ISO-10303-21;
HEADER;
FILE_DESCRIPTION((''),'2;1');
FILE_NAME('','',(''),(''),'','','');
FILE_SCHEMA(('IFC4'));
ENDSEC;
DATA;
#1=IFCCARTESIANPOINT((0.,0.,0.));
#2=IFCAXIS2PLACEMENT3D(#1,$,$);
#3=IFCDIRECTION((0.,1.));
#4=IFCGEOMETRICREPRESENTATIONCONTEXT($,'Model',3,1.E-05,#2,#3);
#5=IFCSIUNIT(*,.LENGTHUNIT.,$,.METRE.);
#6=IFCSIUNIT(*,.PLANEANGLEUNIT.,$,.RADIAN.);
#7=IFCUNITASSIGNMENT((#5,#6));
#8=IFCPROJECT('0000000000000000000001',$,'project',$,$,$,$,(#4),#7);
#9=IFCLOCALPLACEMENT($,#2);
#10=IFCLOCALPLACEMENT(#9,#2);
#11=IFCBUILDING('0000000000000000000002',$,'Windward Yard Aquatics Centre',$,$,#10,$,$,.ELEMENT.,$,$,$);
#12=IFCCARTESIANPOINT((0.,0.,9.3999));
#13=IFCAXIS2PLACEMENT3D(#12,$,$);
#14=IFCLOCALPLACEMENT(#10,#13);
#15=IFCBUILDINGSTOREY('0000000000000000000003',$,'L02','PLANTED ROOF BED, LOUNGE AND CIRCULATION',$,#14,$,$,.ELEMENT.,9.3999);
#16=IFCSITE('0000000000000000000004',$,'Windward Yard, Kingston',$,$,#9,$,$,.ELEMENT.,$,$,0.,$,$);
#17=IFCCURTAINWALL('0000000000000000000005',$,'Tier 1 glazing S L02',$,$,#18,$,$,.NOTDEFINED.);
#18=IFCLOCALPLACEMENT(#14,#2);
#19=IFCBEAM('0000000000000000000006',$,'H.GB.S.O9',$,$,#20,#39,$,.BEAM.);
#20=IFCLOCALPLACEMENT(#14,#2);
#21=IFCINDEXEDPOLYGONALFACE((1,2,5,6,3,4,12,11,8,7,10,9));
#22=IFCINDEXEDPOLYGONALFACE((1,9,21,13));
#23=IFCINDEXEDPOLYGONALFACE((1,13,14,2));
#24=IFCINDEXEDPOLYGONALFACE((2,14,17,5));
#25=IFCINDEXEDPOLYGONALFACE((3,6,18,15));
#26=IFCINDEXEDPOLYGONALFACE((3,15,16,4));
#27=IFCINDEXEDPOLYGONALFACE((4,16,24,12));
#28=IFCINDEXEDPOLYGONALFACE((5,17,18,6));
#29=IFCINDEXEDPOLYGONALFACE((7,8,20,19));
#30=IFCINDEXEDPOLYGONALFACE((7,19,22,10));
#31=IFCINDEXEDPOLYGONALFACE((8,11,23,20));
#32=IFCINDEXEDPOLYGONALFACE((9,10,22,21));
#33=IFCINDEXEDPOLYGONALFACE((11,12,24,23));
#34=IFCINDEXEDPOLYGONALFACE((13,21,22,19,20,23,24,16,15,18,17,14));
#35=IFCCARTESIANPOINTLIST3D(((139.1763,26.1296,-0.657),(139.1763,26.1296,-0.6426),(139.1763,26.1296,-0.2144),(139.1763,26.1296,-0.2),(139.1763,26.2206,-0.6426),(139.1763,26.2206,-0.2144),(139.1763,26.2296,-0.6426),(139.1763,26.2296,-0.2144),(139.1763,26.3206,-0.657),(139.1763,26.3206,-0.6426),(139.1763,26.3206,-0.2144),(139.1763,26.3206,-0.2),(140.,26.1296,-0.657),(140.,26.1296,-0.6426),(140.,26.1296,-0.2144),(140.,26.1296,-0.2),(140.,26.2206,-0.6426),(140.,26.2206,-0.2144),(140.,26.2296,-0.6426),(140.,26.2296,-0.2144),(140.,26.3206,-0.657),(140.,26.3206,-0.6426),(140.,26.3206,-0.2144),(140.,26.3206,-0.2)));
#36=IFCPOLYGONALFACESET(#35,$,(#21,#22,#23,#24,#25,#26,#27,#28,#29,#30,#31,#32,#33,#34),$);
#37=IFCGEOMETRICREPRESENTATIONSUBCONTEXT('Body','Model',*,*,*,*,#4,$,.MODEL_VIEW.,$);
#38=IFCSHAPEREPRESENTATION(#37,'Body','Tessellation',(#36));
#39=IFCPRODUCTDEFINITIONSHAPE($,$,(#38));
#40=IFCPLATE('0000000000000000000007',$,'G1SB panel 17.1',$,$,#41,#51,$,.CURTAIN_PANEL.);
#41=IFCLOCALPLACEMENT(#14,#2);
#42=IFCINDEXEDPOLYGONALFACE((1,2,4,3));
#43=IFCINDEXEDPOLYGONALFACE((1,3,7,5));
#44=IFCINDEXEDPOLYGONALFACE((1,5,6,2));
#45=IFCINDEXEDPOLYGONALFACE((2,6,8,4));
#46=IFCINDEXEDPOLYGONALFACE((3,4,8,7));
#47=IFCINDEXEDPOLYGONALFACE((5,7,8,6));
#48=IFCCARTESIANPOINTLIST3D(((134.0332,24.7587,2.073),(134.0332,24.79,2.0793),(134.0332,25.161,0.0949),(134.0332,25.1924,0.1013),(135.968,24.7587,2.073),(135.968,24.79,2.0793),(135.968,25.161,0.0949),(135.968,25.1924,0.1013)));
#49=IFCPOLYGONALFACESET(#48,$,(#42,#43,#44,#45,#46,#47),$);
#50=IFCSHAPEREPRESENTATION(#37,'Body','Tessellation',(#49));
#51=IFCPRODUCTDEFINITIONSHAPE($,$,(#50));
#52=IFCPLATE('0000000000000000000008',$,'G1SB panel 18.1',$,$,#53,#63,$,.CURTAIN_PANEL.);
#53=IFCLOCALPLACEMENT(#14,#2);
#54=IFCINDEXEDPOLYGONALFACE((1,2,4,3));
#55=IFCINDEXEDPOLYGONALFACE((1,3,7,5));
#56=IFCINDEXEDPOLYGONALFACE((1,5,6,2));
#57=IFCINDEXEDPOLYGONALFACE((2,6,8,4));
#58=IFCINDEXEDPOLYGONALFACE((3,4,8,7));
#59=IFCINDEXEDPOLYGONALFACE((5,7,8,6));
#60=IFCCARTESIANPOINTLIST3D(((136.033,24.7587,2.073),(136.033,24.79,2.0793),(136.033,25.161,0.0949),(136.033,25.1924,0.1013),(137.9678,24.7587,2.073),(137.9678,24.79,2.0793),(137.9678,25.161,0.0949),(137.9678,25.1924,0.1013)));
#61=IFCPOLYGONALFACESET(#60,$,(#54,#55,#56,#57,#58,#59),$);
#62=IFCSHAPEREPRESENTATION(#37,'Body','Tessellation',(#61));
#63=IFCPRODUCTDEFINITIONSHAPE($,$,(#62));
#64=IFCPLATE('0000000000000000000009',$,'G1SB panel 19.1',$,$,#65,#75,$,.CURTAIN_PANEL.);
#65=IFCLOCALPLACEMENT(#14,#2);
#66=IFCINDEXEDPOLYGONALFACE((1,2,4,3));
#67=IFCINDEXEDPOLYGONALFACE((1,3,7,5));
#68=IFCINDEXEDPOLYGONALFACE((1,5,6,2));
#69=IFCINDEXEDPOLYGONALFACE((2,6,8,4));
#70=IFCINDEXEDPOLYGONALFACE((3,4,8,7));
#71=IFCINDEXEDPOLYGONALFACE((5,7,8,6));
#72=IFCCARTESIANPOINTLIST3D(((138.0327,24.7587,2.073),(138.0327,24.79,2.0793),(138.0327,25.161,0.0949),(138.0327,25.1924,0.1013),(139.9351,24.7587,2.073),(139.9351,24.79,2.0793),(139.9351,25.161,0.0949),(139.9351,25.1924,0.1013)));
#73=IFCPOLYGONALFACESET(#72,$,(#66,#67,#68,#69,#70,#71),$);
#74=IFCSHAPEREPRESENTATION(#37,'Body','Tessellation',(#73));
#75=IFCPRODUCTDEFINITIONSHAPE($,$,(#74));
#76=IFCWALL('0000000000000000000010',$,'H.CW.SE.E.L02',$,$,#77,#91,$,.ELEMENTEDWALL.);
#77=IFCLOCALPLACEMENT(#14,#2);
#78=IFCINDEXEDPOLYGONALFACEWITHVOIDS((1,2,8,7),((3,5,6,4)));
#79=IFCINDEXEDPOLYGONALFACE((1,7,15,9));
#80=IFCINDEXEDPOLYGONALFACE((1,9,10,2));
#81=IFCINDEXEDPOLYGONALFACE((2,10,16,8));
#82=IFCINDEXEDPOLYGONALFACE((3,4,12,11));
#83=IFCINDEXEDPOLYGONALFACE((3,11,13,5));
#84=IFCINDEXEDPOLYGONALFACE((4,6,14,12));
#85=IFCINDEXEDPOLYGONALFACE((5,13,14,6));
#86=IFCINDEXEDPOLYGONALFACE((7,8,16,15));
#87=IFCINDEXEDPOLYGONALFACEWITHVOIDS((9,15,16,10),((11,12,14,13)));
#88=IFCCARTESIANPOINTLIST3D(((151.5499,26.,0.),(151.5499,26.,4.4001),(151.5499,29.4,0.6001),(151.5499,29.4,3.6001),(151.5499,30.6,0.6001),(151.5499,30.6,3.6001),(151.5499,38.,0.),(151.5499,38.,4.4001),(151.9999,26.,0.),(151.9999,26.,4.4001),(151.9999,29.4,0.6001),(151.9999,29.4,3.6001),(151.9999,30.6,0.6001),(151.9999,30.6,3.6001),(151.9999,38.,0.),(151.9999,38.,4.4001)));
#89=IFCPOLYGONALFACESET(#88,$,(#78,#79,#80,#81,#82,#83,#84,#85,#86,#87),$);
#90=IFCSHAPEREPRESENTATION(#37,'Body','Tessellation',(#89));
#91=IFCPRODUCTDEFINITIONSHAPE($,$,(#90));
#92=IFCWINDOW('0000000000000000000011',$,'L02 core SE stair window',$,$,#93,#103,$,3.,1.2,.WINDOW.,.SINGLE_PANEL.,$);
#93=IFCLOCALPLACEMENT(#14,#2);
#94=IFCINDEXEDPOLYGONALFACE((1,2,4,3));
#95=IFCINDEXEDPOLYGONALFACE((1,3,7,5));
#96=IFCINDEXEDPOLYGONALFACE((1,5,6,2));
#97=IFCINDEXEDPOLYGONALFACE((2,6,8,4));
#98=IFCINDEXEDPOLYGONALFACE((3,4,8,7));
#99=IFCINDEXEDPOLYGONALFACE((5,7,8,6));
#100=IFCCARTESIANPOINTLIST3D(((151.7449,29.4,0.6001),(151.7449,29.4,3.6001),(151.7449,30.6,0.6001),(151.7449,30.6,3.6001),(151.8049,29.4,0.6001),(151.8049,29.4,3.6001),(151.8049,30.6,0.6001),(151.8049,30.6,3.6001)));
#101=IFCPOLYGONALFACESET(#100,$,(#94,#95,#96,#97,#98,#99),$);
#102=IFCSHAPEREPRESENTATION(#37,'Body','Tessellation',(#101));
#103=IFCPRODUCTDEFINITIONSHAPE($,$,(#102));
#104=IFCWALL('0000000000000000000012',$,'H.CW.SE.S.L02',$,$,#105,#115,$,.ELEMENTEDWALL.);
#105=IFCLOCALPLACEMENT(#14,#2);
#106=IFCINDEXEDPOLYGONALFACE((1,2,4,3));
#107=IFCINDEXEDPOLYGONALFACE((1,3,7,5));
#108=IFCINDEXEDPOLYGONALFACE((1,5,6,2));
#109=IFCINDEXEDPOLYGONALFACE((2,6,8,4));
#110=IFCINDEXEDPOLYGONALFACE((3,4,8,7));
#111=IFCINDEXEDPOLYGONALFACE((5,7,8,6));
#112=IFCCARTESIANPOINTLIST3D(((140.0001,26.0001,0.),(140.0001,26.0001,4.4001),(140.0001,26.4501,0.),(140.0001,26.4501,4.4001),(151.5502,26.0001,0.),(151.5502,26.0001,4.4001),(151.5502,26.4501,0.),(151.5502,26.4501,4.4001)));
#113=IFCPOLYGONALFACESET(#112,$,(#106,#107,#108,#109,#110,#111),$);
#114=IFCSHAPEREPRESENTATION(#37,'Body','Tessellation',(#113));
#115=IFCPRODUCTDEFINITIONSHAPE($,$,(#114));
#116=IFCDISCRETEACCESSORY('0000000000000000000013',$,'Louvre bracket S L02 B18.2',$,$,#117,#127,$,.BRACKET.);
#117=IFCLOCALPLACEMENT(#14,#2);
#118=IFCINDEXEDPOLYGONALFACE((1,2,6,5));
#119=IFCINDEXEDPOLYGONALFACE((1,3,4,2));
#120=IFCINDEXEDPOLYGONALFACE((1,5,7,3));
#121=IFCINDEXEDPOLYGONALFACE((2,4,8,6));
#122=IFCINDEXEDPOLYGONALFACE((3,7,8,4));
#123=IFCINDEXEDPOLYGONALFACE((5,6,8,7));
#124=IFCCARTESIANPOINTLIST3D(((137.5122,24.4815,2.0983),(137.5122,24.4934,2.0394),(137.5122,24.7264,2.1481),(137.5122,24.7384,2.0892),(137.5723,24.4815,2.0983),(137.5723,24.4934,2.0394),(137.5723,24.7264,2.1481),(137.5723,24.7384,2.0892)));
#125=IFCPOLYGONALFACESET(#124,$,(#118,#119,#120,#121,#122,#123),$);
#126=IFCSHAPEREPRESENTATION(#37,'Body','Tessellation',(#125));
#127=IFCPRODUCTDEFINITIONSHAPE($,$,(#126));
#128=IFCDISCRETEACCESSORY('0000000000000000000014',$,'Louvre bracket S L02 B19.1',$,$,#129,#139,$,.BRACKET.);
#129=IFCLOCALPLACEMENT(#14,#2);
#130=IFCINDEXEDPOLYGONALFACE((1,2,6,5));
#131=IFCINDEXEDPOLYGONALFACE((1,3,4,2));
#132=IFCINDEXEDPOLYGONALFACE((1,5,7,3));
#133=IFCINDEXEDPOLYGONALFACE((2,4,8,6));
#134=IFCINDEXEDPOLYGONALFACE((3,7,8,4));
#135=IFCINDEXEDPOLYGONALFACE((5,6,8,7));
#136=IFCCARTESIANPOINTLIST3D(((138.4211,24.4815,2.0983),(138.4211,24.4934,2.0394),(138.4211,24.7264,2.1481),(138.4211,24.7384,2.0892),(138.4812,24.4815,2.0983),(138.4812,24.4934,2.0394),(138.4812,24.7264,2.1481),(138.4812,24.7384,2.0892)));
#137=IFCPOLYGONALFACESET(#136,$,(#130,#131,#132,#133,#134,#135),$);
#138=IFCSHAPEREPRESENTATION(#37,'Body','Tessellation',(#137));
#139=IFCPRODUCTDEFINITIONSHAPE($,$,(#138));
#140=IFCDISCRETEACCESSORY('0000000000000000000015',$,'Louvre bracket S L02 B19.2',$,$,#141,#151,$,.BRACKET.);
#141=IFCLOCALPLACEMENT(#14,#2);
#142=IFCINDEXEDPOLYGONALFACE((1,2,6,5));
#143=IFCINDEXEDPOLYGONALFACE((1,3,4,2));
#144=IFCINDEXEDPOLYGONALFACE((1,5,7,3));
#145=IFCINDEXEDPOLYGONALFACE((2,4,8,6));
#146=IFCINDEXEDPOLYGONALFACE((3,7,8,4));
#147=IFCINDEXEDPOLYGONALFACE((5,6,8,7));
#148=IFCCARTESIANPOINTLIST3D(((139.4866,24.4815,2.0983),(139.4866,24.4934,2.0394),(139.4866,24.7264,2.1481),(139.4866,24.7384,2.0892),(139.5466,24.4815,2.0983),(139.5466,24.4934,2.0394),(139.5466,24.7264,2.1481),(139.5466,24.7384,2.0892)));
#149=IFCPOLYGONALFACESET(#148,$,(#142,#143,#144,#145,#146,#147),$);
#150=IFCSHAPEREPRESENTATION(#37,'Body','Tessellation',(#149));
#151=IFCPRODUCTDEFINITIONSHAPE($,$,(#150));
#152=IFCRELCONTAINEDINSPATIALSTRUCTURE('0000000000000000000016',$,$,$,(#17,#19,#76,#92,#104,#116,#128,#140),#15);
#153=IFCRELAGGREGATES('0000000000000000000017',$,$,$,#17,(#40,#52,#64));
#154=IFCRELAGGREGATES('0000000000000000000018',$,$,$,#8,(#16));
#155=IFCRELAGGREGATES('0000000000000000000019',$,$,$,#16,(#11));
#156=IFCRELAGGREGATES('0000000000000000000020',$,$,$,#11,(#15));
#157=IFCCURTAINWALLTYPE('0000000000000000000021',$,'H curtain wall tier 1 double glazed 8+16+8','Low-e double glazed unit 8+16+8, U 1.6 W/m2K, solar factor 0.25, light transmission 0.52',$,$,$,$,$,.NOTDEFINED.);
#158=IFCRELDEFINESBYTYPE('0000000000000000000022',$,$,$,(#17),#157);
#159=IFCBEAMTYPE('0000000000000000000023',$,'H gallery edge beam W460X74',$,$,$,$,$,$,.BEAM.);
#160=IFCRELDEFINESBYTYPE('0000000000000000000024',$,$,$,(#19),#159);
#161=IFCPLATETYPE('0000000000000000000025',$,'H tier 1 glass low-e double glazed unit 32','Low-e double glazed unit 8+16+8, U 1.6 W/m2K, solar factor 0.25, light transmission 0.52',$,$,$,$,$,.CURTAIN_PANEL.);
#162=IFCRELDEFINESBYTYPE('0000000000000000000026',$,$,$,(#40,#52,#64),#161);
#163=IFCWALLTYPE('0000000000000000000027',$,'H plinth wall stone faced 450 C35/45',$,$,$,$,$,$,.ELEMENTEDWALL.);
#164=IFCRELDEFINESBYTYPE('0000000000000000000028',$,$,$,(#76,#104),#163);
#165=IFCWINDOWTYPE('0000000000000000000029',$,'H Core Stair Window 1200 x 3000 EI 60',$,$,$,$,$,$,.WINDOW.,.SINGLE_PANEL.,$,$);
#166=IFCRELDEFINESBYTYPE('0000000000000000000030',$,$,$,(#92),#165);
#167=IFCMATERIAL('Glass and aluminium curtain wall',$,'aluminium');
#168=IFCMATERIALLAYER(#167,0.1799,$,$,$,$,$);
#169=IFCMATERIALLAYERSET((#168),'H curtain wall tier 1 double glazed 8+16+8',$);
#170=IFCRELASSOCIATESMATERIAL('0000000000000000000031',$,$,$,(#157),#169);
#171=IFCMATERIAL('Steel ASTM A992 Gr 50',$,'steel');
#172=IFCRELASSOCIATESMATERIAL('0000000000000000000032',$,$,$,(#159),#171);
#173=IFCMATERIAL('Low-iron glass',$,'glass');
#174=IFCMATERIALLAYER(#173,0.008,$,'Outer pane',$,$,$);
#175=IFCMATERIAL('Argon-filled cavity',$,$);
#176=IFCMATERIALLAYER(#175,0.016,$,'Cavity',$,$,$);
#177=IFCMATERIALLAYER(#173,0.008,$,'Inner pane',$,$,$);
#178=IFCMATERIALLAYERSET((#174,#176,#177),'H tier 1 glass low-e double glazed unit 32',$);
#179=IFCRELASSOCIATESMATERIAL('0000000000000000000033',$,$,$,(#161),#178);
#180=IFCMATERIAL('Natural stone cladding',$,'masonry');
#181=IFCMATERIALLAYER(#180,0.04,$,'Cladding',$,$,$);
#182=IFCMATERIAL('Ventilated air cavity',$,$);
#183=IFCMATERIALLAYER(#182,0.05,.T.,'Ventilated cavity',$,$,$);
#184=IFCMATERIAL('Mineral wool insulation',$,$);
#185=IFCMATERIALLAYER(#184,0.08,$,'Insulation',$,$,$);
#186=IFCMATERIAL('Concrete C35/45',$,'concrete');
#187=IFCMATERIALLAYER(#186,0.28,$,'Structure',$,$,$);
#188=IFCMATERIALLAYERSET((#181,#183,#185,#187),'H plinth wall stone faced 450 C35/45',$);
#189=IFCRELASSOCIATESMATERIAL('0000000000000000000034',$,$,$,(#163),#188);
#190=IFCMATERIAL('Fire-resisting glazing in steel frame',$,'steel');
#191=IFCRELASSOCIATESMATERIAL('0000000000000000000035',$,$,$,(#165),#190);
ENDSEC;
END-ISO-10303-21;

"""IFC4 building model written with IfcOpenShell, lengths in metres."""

from ifc_helpers import new_model, si_unit, direction, frame, frame_2d, origin, origin_2d, place, context, subcontext, project, spatial, polyline, rectangle, i_section, outline, extrude, material, layer, layer_set, material_profile, profile_set, type_object, element, fill, aggregate, save


model = new_model("IFC4")

# Units and contexts
model_context = context("Model", 3, precision=1e-05, world=origin(), true_north=direction((0.0, 1.0)))
body_context = subcontext(model_context, "Body", "Model", "MODEL_VIEW")
ifc_project = project(units=[si_unit("LENGTHUNIT", "METRE"), si_unit("PLANEANGLEUNIT", "RADIAN")], contexts=[model_context])

# Site, building, storey
site_placement = place(None, origin())
site = spatial("IfcSite", under=ifc_project, at=site_placement, Name="Windward Yard, Kingston", CompositionType="ELEMENT", RefElevation=0.0)
building_placement = place(site_placement, origin())
building = spatial("IfcBuilding", under=site, at=building_placement, Name="Windward Yard Aquatics Centre", CompositionType="ELEMENT")
storey_placement = place(building_placement, frame((0.0, 0.0, 9.3999)))
storey = spatial("IfcBuildingStorey", under=building, at=storey_placement, Name="L02", Description="PLANTED ROOF BED, LOUNGE AND CIRCULATION", CompositionType="ELEMENT", Elevation=9.3999)

# Curtain wall
ifc_material_1 = material(Name="Glass and aluminium curtain wall", Category="aluminium")
ifc_layer_1 = layer(ifc_material_1, 0.1799)
ifc_layer_set_1 = layer_set([ifc_layer_1], Name="H curtain wall tier 1 double glazed 8+16+8")
curtain_wall_type = type_object("IfcCurtainWallType", Name="H curtain wall tier 1 double glazed 8+16+8", Description="Low-e double glazed unit 8+16+8, U 1.6 W/m2K, solar factor 0.25, light transmission 0.52", PredefinedType="NOTDEFINED", material=ifc_layer_set_1)
curtain_wall_placement = place(storey_placement, origin())
curtain_wall = element("IfcCurtainWall", 1, at=curtain_wall_placement, inside=storey, type_object=curtain_wall_type, Name="Tier 1 glazing S L02", PredefinedType="NOTDEFINED")

# Beam
ifc_material_2 = material(Name="Steel ASTM A992 Gr 50", Category="steel")
ifc_material_profile_1 = material_profile(ifc_material_2, i_section(OverallWidth=0.1909, OverallDepth=0.457, WebThickness=0.009, FlangeThickness=0.0144, at=origin_2d()), Name="W460X74")
ifc_profile_set_1 = profile_set([ifc_material_profile_1], Name="Steel ASTM A992 Gr 50")
beam_type = type_object("IfcBeamType", Name="H gallery edge beam W460X74", PredefinedType="BEAM", material=ifc_profile_set_1)
beam_placement = place(storey_placement, frame((139.1763, 26.2251, -0.4285), z_axis=(1.0, 0.0, 0.0), x_axis=(0.0, 1.0, 0.0)))
element("IfcBeam", 2, at=beam_placement, inside=storey, type_object=beam_type, Name="H.GB.S.O9", PredefinedType="BEAM", context=body_context, shape_type="SweptSolid", body=[
    extrude(i_section(OverallWidth=0.1909, OverallDepth=0.457, WebThickness=0.009, FlangeThickness=0.0144, at=origin_2d()), origin(), (0.0, 0.0, 1.0), 0.8237),
])

# Plates
ifc_material_3 = material(Name="Low-iron glass", Category="glass")
ifc_layer_2 = layer(ifc_material_3, 0.008, Name="Outer pane")
ifc_material_4 = material(Name="Argon-filled cavity")
ifc_layer_3 = layer(ifc_material_4, 0.016, Name="Cavity")
ifc_layer_4 = layer(ifc_material_3, 0.008, Name="Inner pane")
ifc_layer_set_2 = layer_set([ifc_layer_2, ifc_layer_3, ifc_layer_4], Name="H tier 1 glass low-e double glazed unit 32")
plate_type = type_object("IfcPlateType", Name="H tier 1 glass low-e double glazed unit 32", Description="Low-e double glazed unit 8+16+8, U 1.6 W/m2K, solar factor 0.25, light transmission 0.52", PredefinedType="CURTAIN_PANEL", material=ifc_layer_set_2)
plate_1_placement = place(storey_placement, frame((134.0332, 24.79, 2.0793), z_axis=(0.0, 0.979933, 0.199325), x_axis=(0.0, 0.199325, -0.979933)))
plate_1 = element("IfcPlate", 3, at=plate_1_placement, type_object=plate_type, Name="G1SB panel 17.1", PredefinedType="CURTAIN_PANEL", context=body_context, shape_type="SweptSolid", body=[
    extrude(outline(polyline([(0.0, 0.0), (2.0185, 0.0), (2.0185, -1.9348), (0.0, -1.9348), (0.0, 0.0)])), origin(), (0.0, 0.0, -1.0), 0.032),
])
plate_2_placement = place(storey_placement, frame((136.033, 24.79, 2.0793), z_axis=(0.0, 0.979933, 0.199325), x_axis=(0.0, 0.199325, -0.979933)))
plate_2 = element("IfcPlate", 4, at=plate_2_placement, type_object=plate_type, Name="G1SB panel 18.1", PredefinedType="CURTAIN_PANEL", context=body_context, shape_type="SweptSolid", body=[
    extrude(outline(polyline([(0.0, 0.0), (2.0185, 0.0), (2.0185, -1.9348), (0.0, -1.9348), (0.0, 0.0)])), origin(), (0.0, 0.0, -1.0), 0.032),
])
plate_3_placement = place(storey_placement, frame((138.0327, 24.79, 2.0793), z_axis=(0.0, 0.979933, 0.199325), x_axis=(0.0, 0.199325, -0.979933)))
plate_3 = element("IfcPlate", 5, at=plate_3_placement, type_object=plate_type, Name="G1SB panel 19.1", PredefinedType="CURTAIN_PANEL", context=body_context, shape_type="SweptSolid", body=[
    extrude(outline(polyline([(0.0, 0.0), (2.0185, 0.0), (2.0185, -1.9023), (0.0, -1.9023), (0.0, 0.0)])), origin(), (0.0, 0.0, -1.0), 0.032),
])
aggregate(curtain_wall, [plate_1, plate_2, plate_3])

# Wall, opening, window
ifc_material_5 = material(Name="Natural stone cladding", Category="masonry")
ifc_layer_5 = layer(ifc_material_5, 0.04, Name="Cladding")
ifc_material_6 = material(Name="Ventilated air cavity")
ifc_layer_6 = layer(ifc_material_6, 0.05, ventilated=True, Name="Ventilated cavity")
ifc_material_7 = material(Name="Mineral wool insulation")
ifc_layer_7 = layer(ifc_material_7, 0.08, Name="Insulation")
ifc_material_8 = material(Name="Concrete C35/45", Category="concrete")
ifc_layer_8 = layer(ifc_material_8, 0.28, Name="Structure")
ifc_layer_set_3 = layer_set([ifc_layer_5, ifc_layer_6, ifc_layer_7, ifc_layer_8], Name="H plinth wall stone faced 450 C35/45")
wall_type = type_object("IfcWallType", Name="H plinth wall stone faced 450 C35/45", PredefinedType="ELEMENTEDWALL", material=ifc_layer_set_3)
wall_1_placement = place(storey_placement, frame((151.7749, 26.0, 0.0), z_axis=(0.0, 0.0, 1.0), x_axis=(0.0, 1.0, 0.0)))
wall_1 = element("IfcWall", 6, at=wall_1_placement, inside=storey, type_object=wall_type, Name="H.CW.SE.E.L02", PredefinedType="ELEMENTEDWALL", context=body_context, shape_type="SweptSolid", body=[
    extrude(rectangle(XDim=12.0, YDim=0.45, at=frame_2d((6.0, 0.0))), origin(), (0.0, 0.0, 1.0), 4.4001),
])
opening_placement = place(wall_1_placement, frame((3.3999, 0.0, 0.6001)))
opening = element("IfcOpeningElement", 7, at=opening_placement, cuts=wall_1, PredefinedType="OPENING", context=body_context, shape_type="SweptSolid", body=[
    extrude(rectangle(XDim=1.2, YDim=3.0, at=frame_2d((0.6001, 1.5))), frame((0.0, 0.2349, 0.0), z_axis=(0.0, -1.0, 0.0), x_axis=(1.0, 0.0, 0.0)), (0.0, 0.0, 1.0), 0.47),
])
ifc_material_9 = material(Name="Fire-resisting glazing in steel frame", Category="steel")
window_type = type_object("IfcWindowType", Name="H Core Stair Window 1200 x 3000 EI 60", PartitioningType="SINGLE_PANEL", PredefinedType="WINDOW", material=ifc_material_9)
window_placement = place(opening_placement, origin())
window = element("IfcWindow", 8, at=window_placement, inside=storey, type_object=window_type, Name="L02 core SE stair window", OverallHeight=3.0, OverallWidth=1.2, PartitioningType="SINGLE_PANEL", PredefinedType="WINDOW", context=body_context, shape_type="SweptSolid", body=[
    extrude(rectangle(XDim=1.2, YDim=3.0, at=frame_2d((0.6001, 1.5))), frame((0.0, 0.03, 0.0), z_axis=(0.0, -1.0, 0.0), x_axis=(1.0, 0.0, 0.0)), (0.0, 0.0, 1.0), 0.0601),
])
fill(opening, window)

# Wall
wall_2_placement = place(storey_placement, frame((151.55, 26.2251, 0.0), z_axis=(0.0, 0.0, 1.0), x_axis=(-1.0, 0.0, 0.0)))
element("IfcWall", 9, at=wall_2_placement, inside=storey, type_object=wall_type, Name="H.CW.SE.S.L02", PredefinedType="ELEMENTEDWALL", context=body_context, shape_type="SweptSolid", body=[
    extrude(rectangle(XDim=11.55, YDim=0.45, at=frame_2d((5.7749, 0.0))), origin(), (0.0, 0.0, 1.0), 4.4001),
])

# Discrete accessories
for number, where, z_axis, x_axis, name in (
    (10, (137.5422, 24.7324, 2.1187), (0.0, -0.979937, -0.199309), (1.0, 0.0, 0.0), "Louvre bracket S L02 B18.2"),
    (11, (138.4512, 24.7324, 2.1187), (0.0, -0.979937, -0.199309), (1.0, 0.0, 0.0), "Louvre bracket S L02 B19.1"),
    (12, (139.5166, 24.7324, 2.1187), (0.0, -0.979937, -0.199309), (1.0, 0.0, 0.0), "Louvre bracket S L02 B19.2"),
):
    element("IfcDiscreteAccessory", number, at=place(storey_placement, frame(where, z_axis=z_axis, x_axis=x_axis)), inside=storey, Name=name, PredefinedType="BRACKET", context=body_context, shape_type="SweptSolid", body=[
        extrude(rectangle(XDim=0.0601, YDim=0.0601, at=origin_2d()), origin(), (0.0, 0.0, 1.0), 0.25),
    ])

save(model, "model.ifc")
